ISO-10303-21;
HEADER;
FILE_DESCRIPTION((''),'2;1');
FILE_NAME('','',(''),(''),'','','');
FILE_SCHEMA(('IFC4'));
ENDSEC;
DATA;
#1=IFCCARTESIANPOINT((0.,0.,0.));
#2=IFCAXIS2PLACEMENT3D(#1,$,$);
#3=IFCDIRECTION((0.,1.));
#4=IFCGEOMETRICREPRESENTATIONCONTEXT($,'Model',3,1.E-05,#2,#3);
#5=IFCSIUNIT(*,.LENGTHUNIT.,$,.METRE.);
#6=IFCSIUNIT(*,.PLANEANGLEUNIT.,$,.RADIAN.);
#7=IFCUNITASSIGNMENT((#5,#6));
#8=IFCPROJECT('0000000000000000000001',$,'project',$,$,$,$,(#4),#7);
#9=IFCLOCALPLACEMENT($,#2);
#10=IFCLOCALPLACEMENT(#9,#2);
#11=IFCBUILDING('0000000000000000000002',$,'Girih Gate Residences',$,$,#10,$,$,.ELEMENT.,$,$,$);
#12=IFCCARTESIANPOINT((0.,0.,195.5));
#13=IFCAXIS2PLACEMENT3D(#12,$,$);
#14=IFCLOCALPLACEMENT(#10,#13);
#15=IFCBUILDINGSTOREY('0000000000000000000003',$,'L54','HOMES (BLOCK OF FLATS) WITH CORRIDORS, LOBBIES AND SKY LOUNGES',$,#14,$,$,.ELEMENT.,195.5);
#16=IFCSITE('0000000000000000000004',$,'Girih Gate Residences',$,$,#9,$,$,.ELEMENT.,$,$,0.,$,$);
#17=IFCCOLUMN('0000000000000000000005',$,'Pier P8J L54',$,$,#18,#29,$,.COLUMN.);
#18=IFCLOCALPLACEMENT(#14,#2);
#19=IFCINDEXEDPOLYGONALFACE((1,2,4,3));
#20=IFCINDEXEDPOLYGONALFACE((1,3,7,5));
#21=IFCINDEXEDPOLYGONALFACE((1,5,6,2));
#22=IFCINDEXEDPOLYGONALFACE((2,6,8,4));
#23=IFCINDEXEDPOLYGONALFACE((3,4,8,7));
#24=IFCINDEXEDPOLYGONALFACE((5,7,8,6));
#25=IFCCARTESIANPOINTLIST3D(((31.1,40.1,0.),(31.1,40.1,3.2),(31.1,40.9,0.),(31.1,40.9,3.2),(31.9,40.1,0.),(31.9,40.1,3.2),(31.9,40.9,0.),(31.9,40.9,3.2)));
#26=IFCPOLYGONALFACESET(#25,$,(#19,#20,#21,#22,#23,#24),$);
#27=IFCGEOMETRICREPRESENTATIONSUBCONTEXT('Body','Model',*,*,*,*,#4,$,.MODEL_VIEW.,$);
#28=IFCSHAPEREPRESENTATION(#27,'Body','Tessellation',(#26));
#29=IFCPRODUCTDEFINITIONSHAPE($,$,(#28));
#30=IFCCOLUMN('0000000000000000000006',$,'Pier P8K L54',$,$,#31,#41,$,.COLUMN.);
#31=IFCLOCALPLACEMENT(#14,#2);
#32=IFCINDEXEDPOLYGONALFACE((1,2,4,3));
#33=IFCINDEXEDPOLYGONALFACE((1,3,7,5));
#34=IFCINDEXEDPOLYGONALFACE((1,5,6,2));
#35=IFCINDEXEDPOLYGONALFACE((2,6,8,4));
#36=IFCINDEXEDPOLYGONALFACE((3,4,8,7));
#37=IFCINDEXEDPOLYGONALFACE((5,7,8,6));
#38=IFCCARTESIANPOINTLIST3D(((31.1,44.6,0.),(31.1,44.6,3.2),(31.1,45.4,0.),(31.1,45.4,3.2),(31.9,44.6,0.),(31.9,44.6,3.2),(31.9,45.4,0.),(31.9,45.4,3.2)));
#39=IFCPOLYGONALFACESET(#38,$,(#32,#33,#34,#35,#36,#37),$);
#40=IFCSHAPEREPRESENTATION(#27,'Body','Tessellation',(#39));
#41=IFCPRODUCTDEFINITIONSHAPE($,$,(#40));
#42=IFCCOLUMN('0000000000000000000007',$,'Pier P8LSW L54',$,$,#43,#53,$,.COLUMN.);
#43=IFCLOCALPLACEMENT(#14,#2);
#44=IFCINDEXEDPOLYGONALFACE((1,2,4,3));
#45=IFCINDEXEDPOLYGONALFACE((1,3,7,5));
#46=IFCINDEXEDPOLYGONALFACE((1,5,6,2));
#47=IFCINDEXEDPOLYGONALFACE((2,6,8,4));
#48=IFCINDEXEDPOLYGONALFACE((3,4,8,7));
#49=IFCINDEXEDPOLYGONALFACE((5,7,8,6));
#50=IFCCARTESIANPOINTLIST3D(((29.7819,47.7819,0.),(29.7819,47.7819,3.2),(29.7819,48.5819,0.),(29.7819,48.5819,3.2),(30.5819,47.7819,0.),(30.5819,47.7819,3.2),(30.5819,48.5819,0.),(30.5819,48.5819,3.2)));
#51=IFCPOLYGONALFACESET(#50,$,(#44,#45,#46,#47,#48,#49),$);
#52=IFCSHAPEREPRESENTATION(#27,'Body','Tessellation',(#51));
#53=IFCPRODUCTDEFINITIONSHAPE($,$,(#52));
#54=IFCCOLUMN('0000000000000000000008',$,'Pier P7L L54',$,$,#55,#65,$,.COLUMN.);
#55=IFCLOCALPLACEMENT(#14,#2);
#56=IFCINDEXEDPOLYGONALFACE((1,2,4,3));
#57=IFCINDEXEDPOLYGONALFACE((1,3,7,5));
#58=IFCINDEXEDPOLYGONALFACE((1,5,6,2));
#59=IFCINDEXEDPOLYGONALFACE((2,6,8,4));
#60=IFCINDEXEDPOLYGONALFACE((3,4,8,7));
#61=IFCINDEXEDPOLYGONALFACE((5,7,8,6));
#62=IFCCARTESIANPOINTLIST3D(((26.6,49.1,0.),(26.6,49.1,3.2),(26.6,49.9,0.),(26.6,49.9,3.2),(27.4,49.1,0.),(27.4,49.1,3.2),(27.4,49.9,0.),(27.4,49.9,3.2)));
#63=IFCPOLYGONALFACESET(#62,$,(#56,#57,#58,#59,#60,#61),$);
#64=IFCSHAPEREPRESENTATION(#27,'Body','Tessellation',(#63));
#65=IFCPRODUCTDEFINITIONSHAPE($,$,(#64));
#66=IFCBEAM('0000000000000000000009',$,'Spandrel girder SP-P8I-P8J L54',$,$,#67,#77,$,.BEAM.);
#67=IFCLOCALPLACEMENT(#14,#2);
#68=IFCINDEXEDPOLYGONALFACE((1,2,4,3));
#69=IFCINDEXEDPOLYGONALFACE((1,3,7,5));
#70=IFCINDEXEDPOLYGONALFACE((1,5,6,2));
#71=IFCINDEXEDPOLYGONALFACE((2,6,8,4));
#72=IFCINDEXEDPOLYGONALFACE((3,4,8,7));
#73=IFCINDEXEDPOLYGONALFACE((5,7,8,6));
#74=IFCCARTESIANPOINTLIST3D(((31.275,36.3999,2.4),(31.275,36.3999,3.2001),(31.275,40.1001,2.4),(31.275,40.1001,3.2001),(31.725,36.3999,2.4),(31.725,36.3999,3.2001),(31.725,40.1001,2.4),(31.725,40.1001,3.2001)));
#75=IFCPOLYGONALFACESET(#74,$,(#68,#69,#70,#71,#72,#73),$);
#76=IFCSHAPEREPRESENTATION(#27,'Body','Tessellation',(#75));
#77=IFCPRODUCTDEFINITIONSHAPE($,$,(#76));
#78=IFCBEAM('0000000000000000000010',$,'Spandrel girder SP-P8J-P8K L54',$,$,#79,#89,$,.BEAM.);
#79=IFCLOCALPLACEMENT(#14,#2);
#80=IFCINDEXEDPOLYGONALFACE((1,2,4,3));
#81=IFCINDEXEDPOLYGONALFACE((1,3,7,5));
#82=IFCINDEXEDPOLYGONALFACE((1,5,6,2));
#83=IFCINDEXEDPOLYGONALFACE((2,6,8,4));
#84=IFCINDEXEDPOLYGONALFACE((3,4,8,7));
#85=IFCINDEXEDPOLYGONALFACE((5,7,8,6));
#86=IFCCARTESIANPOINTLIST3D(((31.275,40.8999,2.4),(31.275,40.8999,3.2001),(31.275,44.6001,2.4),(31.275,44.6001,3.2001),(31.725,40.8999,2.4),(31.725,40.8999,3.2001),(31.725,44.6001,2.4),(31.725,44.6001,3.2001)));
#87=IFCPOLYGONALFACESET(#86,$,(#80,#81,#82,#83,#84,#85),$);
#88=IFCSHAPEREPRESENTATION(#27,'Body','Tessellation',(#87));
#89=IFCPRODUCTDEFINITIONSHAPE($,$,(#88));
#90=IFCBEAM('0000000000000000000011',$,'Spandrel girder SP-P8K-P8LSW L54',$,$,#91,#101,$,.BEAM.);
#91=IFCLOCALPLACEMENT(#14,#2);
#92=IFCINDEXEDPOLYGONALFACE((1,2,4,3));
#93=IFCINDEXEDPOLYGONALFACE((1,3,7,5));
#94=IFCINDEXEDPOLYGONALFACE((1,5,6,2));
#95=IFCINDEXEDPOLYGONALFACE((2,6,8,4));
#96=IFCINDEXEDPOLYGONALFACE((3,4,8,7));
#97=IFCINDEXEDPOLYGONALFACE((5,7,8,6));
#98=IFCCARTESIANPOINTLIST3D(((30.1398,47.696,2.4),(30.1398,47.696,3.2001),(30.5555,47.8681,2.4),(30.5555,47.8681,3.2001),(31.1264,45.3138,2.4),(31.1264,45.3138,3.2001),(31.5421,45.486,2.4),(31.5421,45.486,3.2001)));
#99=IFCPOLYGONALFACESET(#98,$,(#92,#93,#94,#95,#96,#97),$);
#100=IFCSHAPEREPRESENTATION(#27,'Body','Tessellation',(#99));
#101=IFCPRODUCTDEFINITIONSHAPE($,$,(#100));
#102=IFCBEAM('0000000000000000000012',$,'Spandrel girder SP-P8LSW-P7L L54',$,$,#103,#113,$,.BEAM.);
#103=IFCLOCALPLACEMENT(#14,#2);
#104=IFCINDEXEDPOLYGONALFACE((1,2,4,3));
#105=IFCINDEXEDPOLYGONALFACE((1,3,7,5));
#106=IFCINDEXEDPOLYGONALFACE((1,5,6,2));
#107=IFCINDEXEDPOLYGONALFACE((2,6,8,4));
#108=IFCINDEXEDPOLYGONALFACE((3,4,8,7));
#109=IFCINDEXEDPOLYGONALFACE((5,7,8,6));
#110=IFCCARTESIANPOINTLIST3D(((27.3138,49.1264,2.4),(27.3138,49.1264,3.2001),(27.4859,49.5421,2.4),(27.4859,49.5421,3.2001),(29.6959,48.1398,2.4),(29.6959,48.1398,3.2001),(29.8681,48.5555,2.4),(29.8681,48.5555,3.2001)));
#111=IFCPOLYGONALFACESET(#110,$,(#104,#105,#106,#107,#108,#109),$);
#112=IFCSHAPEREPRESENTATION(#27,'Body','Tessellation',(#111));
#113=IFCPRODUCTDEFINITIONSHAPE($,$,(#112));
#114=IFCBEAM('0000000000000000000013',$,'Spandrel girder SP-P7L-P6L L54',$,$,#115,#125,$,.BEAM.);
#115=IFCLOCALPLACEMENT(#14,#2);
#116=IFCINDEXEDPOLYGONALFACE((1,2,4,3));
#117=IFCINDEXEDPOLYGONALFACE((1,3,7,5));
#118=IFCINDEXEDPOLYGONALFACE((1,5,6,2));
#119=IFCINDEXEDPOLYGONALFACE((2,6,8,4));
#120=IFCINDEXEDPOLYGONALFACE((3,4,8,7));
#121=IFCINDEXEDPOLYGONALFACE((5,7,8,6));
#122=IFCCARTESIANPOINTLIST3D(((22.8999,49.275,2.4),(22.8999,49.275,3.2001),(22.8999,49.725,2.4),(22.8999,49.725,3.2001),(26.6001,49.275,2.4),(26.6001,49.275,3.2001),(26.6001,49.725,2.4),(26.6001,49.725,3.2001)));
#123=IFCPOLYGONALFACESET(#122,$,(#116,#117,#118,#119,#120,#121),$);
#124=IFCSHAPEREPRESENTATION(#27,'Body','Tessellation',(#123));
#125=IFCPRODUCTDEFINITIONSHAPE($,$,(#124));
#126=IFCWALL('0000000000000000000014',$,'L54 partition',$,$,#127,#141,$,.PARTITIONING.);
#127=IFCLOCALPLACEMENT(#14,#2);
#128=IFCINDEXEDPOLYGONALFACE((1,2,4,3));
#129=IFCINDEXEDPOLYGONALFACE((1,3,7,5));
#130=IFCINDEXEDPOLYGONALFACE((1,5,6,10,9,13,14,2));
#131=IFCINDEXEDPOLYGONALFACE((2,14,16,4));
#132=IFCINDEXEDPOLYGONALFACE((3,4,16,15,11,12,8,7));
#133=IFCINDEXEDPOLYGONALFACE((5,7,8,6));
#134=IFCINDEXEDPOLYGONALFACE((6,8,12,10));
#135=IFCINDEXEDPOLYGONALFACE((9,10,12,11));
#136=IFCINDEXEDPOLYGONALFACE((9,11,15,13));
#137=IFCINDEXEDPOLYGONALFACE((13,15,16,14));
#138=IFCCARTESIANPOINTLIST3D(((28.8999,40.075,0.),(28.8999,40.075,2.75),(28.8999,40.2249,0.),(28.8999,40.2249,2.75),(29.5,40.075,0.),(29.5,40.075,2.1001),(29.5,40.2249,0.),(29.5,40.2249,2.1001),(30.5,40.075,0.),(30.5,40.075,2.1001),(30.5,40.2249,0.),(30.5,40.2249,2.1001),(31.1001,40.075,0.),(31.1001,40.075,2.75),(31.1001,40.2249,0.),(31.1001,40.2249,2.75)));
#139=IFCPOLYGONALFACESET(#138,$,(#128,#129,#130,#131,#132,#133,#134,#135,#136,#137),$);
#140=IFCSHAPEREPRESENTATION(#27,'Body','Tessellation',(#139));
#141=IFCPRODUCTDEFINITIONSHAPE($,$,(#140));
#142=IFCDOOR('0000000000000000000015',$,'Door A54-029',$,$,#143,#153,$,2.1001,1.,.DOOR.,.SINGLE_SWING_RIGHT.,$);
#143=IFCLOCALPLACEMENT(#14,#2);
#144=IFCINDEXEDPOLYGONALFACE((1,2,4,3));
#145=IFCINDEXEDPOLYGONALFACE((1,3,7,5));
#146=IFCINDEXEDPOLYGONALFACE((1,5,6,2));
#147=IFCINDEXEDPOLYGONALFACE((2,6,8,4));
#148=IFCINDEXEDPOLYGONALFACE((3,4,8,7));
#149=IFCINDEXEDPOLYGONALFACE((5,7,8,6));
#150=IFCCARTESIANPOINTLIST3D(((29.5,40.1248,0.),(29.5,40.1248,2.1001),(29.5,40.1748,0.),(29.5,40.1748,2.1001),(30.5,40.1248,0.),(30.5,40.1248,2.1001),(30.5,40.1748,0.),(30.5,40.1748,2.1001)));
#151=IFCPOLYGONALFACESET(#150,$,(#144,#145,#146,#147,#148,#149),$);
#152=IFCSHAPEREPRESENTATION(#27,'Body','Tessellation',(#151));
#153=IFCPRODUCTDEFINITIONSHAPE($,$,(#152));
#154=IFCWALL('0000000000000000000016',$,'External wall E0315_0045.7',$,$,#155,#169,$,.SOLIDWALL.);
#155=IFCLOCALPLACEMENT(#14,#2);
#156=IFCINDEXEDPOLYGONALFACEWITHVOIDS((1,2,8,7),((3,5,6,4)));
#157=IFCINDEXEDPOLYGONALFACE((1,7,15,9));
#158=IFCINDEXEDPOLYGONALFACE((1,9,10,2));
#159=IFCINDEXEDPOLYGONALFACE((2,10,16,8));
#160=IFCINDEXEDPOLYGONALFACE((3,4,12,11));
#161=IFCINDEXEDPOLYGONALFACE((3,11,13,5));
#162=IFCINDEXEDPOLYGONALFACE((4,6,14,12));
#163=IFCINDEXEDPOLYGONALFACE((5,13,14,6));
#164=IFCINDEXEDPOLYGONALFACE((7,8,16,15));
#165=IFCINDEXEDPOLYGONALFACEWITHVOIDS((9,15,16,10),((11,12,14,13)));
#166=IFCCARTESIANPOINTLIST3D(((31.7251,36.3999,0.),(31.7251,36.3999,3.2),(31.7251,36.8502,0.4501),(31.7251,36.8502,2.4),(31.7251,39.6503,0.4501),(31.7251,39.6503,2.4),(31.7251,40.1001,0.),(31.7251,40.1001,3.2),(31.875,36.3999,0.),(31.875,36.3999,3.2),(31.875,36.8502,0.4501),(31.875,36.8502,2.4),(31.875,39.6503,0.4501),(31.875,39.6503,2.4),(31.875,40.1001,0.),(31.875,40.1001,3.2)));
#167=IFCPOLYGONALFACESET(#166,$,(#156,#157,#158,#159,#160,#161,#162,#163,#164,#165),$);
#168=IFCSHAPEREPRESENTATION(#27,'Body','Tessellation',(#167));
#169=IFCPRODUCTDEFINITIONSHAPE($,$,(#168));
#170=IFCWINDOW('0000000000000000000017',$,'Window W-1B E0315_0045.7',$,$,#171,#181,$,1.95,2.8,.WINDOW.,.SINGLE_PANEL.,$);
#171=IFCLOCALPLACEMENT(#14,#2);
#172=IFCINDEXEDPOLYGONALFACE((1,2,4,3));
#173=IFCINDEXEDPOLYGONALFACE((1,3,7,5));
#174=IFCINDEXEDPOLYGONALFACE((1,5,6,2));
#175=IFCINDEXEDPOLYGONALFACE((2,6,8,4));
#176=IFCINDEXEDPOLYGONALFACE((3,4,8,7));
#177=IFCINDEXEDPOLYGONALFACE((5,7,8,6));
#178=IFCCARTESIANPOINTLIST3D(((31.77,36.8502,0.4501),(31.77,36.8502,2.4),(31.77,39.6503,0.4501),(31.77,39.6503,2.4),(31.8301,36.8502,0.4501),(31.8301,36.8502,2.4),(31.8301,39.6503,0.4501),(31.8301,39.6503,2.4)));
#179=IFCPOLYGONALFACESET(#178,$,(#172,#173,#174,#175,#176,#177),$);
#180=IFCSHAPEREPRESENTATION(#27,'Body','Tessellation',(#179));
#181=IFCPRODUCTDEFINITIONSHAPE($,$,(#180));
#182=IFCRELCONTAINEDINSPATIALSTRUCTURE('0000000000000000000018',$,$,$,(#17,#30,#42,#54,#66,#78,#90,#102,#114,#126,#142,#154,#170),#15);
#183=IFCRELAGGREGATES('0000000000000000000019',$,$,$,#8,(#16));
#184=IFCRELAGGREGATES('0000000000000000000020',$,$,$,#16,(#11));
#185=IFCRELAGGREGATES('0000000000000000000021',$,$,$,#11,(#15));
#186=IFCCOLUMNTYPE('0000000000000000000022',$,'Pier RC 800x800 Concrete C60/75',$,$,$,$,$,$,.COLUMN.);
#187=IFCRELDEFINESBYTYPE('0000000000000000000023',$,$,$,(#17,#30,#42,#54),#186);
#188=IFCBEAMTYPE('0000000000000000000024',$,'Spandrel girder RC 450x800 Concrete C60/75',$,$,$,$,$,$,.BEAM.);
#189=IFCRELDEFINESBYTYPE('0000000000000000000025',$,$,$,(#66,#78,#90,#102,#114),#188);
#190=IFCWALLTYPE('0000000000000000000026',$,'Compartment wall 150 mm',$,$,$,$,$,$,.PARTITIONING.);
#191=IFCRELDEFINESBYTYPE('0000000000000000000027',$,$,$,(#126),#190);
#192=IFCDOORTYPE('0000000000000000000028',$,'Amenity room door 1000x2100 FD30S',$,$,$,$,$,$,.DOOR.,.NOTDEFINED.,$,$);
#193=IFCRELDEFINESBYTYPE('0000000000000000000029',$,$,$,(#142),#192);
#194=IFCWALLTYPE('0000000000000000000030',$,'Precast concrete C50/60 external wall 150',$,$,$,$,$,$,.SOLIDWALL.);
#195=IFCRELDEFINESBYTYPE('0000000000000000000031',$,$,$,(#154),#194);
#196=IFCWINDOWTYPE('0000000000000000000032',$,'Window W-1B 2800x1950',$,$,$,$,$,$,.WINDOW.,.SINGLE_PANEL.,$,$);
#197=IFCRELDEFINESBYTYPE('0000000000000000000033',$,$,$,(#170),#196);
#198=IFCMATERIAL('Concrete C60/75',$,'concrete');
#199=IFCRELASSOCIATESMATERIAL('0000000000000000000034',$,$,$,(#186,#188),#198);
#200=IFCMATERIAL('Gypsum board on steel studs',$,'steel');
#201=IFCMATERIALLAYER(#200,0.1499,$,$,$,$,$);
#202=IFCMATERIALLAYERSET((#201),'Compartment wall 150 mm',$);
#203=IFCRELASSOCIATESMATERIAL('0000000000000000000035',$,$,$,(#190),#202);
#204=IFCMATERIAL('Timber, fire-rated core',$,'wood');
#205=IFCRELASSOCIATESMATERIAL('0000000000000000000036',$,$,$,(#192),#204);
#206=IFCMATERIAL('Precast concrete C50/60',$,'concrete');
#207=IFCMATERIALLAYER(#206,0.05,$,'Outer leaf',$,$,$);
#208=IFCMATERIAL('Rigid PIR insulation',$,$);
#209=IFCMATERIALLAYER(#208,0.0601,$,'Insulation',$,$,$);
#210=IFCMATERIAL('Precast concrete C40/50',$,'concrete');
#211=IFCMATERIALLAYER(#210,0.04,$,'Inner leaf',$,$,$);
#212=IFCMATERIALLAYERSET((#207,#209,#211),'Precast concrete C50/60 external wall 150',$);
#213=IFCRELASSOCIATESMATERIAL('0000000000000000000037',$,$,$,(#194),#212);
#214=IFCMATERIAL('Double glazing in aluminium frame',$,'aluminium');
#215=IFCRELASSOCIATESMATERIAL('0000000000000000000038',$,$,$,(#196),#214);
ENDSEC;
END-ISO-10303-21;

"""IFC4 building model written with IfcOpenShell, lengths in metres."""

from ifc_helpers import new_model, si_unit, direction, frame, frame_2d, origin, origin_2d, place, context, subcontext, project, spatial, rectangle, extrude, material, layer, layer_set, material_profile, profile_set, type_object, element, fill, save


model = new_model("IFC4")

# Units and contexts
model_context = context("Model", 3, precision=1e-05, world=origin(), true_north=direction((0.0, 1.0)))
body_context = subcontext(model_context, "Body", "Model", "MODEL_VIEW")
ifc_project = project(units=[si_unit("LENGTHUNIT", "METRE"), si_unit("PLANEANGLEUNIT", "RADIAN")], contexts=[model_context])

# Site, building, storey
site_placement = place(None, origin())
site = spatial("IfcSite", under=ifc_project, at=site_placement, Name="Girih Gate Residences", CompositionType="ELEMENT", RefElevation=0.0)
building_placement = place(site_placement, origin())
building = spatial("IfcBuilding", under=site, at=building_placement, Name="Girih Gate Residences", CompositionType="ELEMENT")
storey_placement = place(building_placement, frame((0.0, 0.0, 195.5)))
storey = spatial("IfcBuildingStorey", under=building, at=storey_placement, Name="L54", Description="HOMES (BLOCK OF FLATS) WITH CORRIDORS, LOBBIES AND SKY LOUNGES", CompositionType="ELEMENT", Elevation=195.5)

# Columns
ifc_material_1 = material(Name="Concrete C60/75", Category="concrete")
ifc_material_profile_1 = material_profile(ifc_material_1, rectangle(XDim=0.8, YDim=0.8, at=origin_2d()))
ifc_profile_set_1 = profile_set([ifc_material_profile_1], Name="Concrete C60/75")
column_type = type_object("IfcColumnType", Name="Pier RC 800x800 Concrete C60/75", PredefinedType="COLUMN", material=ifc_profile_set_1)
for number, where, z_axis, x_axis, name in (
    (1, (31.5, 40.5, 0.0), (0.0, 0.0, 1.0), (1.0, 0.0, 0.0), "Pier P8J L54"),
    (2, (31.5, 45.0, 0.0), (0.0, 0.0, 1.0), (1.0, 0.0, 0.0), "Pier P8K L54"),
    (3, (30.1819, 48.1819, 0.0), (0.0, 0.0, 1.0), (1.0, 0.0, 0.0), "Pier P8LSW L54"),
    (4, (27.0, 49.5, 0.0), (0.0, 0.0, 1.0), (1.0, 0.0, 0.0), "Pier P7L L54"),
):
    element("IfcColumn", number, at=place(storey_placement, frame(where, z_axis=z_axis, x_axis=x_axis)), inside=storey, type_object=column_type, Name=name, PredefinedType="COLUMN", context=body_context, shape_type="SweptSolid", body=[
        extrude(rectangle(XDim=0.8, YDim=0.8, at=origin_2d()), origin(), (0.0, 0.0, 1.0), 3.2),
    ])

# Beams
ifc_material_profile_2 = material_profile(ifc_material_1, rectangle(XDim=0.45, YDim=0.8, at=origin_2d()))
ifc_profile_set_2 = profile_set([ifc_material_profile_2], Name="Concrete C60/75")
beam_type = type_object("IfcBeamType", Name="Spandrel girder RC 450x800 Concrete C60/75", PredefinedType="BEAM", material=ifc_profile_set_2)
for number, where, z_axis, x_axis, name in (
    (5, (31.5, 36.3999, 2.8), (0.0, 1.0, 0.0), (-1.0, 0.0, 0.0), "Spandrel girder SP-P8I-P8J L54"),
    (6, (31.5, 40.8999, 2.8), (0.0, 1.0, 0.0), (-1.0, 0.0, 0.0), "Spandrel girder SP-P8J-P8K L54"),
):
    element("IfcBeam", number, at=place(storey_placement, frame(where, z_axis=z_axis, x_axis=x_axis)), inside=storey, type_object=beam_type, Name=name, PredefinedType="BEAM", context=body_context, shape_type="SweptSolid", body=[
        extrude(rectangle(XDim=0.45, YDim=0.8, at=origin_2d()), origin(), (0.0, 0.0, 1.0), 3.7002),
    ])
for number, where, z_axis, x_axis, name in (
    (7, (31.3342, 45.3999, 2.8), (-0.382644, 0.923896, 0.0), (-0.923896, -0.382644, 0.0), "Spandrel girder SP-P8K-P8LSW L54"),
    (8, (29.782, 48.3477, 2.8), (-0.923896, 0.382644, 0.0), (-0.382644, -0.923896, 0.0), "Spandrel girder SP-P8LSW-P7L L54"),
):
    element("IfcBeam", number, at=place(storey_placement, frame(where, z_axis=z_axis, x_axis=x_axis)), inside=storey, type_object=beam_type, Name=name, PredefinedType="BEAM", context=body_context, shape_type="SweptSolid", body=[
        extrude(rectangle(XDim=0.45, YDim=0.8, at=origin_2d()), origin(), (0.0, 0.0, 1.0), 2.5784),
    ])
beam_placement = place(storey_placement, frame((26.6001, 49.5, 2.8), z_axis=(-1.0, 0.0, 0.0), x_axis=(0.0, -1.0, 0.0)))
element("IfcBeam", 9, at=beam_placement, inside=storey, type_object=beam_type, Name="Spandrel girder SP-P7L-P6L L54", PredefinedType="BEAM", context=body_context, shape_type="SweptSolid", body=[
    extrude(rectangle(XDim=0.45, YDim=0.8, at=origin_2d()), origin(), (0.0, 0.0, 1.0), 3.7002),
])

# Wall, opening, door
ifc_material_2 = material(Name="Gypsum board on steel studs", Category="steel")
ifc_layer_1 = layer(ifc_material_2, 0.1499)
ifc_layer_set_1 = layer_set([ifc_layer_1], Name="Compartment wall 150 mm")
wall_type_1 = type_object("IfcWallType", Name="Compartment wall 150 mm", PredefinedType="PARTITIONING", material=ifc_layer_set_1)
wall_1_placement = place(storey_placement, frame((28.8999, 40.1499, 0.0), z_axis=(0.0, 0.0, 1.0), x_axis=(1.0, 0.0, 0.0)))
wall_1 = element("IfcWall", 10, at=wall_1_placement, inside=storey, type_object=wall_type_1, Name="L54 partition", PredefinedType="PARTITIONING", context=body_context, shape_type="SweptSolid", body=[
    extrude(rectangle(XDim=2.2002, YDim=0.1499, at=frame_2d((1.1001, 0.0))), origin(), (0.0, 0.0, 1.0), 2.75),
])
opening_1_placement = place(wall_1_placement, frame((0.6001, 0.0, 0.0)))
opening_1 = element("IfcOpeningElement", 11, at=opening_1_placement, cuts=wall_1, PredefinedType="OPENING", context=body_context, shape_type="SweptSolid", body=[
    extrude(rectangle(XDim=1.0, YDim=2.1001, at=frame_2d((0.5, 1.05))), frame((0.0, 0.085, 0.0), z_axis=(0.0, -1.0, 0.0), x_axis=(1.0, 0.0, 0.0)), (0.0, 0.0, 1.0), 0.1699),
])
ifc_material_3 = material(Name="Timber, fire-rated core", Category="wood")
door_type = type_object("IfcDoorType", Name="Amenity room door 1000x2100 FD30S", OperationType="NOTDEFINED", PredefinedType="DOOR", material=ifc_material_3)
door_placement = place(opening_1_placement, origin())
door = element("IfcDoor", 12, at=door_placement, inside=storey, type_object=door_type, Name="Door A54-029", OperationType="SINGLE_SWING_RIGHT", OverallHeight=2.1001, OverallWidth=1.0, PredefinedType="DOOR", context=body_context, shape_type="SweptSolid", body=[
    extrude(rectangle(XDim=1.0, YDim=2.1001, at=frame_2d((0.5, 1.05))), frame((0.0, 0.0249, 0.0), z_axis=(0.0, -1.0, 0.0), x_axis=(1.0, 0.0, 0.0)), (0.0, 0.0, 1.0), 0.05),
])
fill(opening_1, door)

# Wall, opening, window
ifc_material_4 = material(Name="Precast concrete C50/60", Category="concrete")
ifc_layer_2 = layer(ifc_material_4, 0.05, Name="Outer leaf")
ifc_material_5 = material(Name="Rigid PIR insulation")
ifc_layer_3 = layer(ifc_material_5, 0.0601, Name="Insulation")
ifc_material_6 = material(Name="Precast concrete C40/50", Category="concrete")
ifc_layer_4 = layer(ifc_material_6, 0.04, Name="Inner leaf")
ifc_layer_set_2 = layer_set([ifc_layer_2, ifc_layer_3, ifc_layer_4], Name="Precast concrete C50/60 external wall 150")
wall_type_2 = type_object("IfcWallType", Name="Precast concrete C50/60 external wall 150", PredefinedType="SOLIDWALL", material=ifc_layer_set_2)
wall_2_placement = place(storey_placement, frame((31.8, 40.1001, 0.0), z_axis=(0.0, 0.0, 1.0), x_axis=(0.0, -1.0, 0.0)))
wall_2 = element("IfcWall", 13, at=wall_2_placement, inside=storey, type_object=wall_type_2, Name="External wall E0315_0045.7", PredefinedType="SOLIDWALL", context=body_context, shape_type="SweptSolid", body=[
    extrude(rectangle(XDim=3.7002, YDim=0.1499, at=frame_2d((1.8501, 0.0))), origin(), (0.0, 0.0, 1.0), 3.2),
])
opening_2_placement = place(wall_2_placement, frame((0.45, 0.0, 0.45)))
opening_2 = element("IfcOpeningElement", 14, at=opening_2_placement, cuts=wall_2, PredefinedType="OPENING", context=body_context, shape_type="SweptSolid", body=[
    extrude(rectangle(XDim=2.8, YDim=1.95, at=frame_2d((1.3999, 0.9751))), frame((0.0, 0.085, 0.0), z_axis=(0.0, -1.0, 0.0), x_axis=(1.0, 0.0, 0.0)), (0.0, 0.0, 1.0), 0.1699),
])
ifc_material_7 = material(Name="Double glazing in aluminium frame", Category="aluminium")
window_type_1 = type_object("IfcWindowType", Name="Window W-1B 2800x1950", PartitioningType="SINGLE_PANEL", PredefinedType="WINDOW", material=ifc_material_7)
window_1_placement = place(opening_2_placement, origin())
window_1 = element("IfcWindow", 15, at=window_1_placement, inside=storey, type_object=window_type_1, Name="Window W-1B E0315_0045.7", OverallHeight=1.95, OverallWidth=2.8, PartitioningType="SINGLE_PANEL", PredefinedType="WINDOW", context=body_context, shape_type="SweptSolid", body=[
    extrude(rectangle(XDim=2.8, YDim=1.95, at=frame_2d((1.3999, 0.9751))), frame((0.0, 0.03, 0.0), z_axis=(0.0, -1.0, 0.0), x_axis=(1.0, 0.0, 0.0)), (0.0, 0.0, 1.0), 0.0601),
])
fill(opening_2, window_1)

save(model, "model.ifc")
